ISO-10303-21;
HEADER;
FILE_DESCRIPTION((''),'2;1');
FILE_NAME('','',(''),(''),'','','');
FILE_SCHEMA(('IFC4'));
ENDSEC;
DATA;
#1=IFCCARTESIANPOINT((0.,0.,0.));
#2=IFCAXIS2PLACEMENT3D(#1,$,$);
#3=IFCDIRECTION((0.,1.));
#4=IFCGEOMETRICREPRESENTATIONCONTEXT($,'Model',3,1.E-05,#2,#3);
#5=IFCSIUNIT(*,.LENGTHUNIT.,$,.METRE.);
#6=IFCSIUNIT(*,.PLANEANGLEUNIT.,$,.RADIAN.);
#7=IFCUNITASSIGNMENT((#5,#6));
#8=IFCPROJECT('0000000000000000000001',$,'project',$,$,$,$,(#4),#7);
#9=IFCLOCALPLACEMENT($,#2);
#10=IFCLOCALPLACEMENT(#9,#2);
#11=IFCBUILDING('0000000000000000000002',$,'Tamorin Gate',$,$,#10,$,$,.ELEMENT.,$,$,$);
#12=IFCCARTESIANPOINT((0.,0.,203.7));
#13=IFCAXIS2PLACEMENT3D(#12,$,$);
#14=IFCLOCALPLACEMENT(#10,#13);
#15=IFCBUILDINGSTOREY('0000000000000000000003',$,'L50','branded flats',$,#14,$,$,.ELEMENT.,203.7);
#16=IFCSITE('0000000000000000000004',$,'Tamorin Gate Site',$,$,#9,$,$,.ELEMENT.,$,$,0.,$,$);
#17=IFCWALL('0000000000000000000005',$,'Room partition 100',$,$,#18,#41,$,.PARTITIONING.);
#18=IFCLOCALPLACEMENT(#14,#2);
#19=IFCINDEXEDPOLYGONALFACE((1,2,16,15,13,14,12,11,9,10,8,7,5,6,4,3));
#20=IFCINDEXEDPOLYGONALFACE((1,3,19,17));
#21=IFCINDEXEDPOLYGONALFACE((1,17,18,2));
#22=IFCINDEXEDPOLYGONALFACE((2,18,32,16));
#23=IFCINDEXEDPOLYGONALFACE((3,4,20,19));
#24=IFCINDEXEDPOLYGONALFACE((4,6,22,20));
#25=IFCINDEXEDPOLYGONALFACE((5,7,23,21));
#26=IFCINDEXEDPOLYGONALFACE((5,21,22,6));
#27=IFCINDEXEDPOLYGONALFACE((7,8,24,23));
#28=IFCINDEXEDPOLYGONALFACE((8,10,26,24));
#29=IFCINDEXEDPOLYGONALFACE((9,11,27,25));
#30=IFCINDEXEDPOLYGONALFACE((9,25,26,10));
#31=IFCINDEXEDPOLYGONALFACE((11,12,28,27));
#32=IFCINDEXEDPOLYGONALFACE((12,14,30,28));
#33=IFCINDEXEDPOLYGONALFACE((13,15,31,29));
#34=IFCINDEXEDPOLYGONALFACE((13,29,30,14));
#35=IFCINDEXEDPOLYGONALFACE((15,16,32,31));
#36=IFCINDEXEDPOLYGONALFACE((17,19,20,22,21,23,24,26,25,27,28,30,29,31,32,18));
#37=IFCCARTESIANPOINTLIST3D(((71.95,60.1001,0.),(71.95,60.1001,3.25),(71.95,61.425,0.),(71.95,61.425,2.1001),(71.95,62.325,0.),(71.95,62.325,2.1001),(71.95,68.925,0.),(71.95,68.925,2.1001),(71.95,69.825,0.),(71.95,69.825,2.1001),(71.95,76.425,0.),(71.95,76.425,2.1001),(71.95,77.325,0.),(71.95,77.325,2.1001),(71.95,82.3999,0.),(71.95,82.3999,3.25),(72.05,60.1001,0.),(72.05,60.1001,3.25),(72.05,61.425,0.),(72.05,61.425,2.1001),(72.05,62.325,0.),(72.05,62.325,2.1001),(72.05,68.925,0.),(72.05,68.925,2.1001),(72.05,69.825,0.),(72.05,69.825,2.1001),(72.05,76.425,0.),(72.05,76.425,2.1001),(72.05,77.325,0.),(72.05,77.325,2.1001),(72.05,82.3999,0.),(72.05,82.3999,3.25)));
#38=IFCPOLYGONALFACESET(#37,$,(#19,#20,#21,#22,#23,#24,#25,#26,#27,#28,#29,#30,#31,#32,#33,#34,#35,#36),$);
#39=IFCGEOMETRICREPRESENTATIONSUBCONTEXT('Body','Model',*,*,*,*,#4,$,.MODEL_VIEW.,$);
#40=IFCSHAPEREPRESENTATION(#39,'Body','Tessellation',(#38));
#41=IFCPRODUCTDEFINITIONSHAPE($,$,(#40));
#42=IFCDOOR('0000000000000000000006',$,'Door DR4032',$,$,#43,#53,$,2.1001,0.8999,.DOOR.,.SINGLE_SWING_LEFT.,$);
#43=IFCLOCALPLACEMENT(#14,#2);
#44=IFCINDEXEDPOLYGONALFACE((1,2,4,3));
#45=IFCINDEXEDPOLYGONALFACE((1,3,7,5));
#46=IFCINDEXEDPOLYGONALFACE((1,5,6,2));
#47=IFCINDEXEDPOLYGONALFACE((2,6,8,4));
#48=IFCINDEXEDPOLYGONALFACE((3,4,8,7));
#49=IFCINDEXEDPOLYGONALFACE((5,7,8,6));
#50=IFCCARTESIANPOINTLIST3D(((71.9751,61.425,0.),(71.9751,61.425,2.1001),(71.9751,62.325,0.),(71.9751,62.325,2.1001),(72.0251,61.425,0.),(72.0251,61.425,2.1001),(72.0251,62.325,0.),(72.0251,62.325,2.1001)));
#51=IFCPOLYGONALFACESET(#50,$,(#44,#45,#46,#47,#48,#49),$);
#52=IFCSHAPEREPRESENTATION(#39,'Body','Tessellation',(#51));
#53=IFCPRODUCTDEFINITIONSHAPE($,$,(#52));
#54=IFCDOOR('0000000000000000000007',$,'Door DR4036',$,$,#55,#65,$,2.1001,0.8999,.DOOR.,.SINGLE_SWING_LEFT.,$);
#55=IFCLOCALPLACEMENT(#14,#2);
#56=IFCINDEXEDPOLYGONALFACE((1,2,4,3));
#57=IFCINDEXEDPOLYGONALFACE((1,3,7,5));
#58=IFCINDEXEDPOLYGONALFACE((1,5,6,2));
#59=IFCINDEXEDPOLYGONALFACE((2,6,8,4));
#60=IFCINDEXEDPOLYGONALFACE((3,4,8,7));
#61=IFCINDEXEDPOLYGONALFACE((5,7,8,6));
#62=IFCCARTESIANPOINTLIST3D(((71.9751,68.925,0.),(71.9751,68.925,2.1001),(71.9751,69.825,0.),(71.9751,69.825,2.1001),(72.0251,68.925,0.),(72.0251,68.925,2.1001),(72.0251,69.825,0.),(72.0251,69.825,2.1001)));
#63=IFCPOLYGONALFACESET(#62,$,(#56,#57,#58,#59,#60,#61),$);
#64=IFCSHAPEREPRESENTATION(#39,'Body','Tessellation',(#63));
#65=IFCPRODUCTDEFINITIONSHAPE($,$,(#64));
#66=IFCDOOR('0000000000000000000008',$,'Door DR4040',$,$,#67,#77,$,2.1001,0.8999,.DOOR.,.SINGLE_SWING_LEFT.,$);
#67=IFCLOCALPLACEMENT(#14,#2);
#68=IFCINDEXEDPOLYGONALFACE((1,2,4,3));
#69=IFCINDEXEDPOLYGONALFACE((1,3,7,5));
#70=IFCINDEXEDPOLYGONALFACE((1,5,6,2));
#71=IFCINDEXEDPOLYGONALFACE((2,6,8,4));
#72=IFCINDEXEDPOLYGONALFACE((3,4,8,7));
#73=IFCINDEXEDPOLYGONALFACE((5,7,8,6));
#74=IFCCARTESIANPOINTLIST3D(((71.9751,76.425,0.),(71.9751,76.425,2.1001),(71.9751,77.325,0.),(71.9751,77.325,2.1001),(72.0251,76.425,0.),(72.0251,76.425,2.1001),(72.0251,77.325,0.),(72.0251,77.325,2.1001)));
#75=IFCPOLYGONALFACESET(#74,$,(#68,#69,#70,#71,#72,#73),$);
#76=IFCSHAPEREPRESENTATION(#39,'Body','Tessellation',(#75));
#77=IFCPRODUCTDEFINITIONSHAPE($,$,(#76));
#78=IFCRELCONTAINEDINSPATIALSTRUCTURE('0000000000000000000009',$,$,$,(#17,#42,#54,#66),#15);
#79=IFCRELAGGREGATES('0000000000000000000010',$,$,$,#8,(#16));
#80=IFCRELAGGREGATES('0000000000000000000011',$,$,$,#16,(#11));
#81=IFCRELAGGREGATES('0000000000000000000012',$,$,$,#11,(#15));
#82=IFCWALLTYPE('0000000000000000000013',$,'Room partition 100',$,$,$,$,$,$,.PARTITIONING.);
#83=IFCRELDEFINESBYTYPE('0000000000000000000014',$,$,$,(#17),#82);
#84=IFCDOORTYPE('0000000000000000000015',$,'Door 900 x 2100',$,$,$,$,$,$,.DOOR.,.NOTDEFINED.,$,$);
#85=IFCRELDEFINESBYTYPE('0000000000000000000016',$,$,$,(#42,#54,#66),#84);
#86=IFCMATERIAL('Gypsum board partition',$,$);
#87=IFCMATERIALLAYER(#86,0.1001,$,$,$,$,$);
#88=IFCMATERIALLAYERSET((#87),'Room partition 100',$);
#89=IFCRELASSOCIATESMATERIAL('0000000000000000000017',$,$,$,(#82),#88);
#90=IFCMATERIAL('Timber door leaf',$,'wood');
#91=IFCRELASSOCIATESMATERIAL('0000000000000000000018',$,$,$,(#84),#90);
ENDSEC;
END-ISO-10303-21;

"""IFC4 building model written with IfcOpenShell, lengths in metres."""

from ifc_helpers import new_model, si_unit, direction, frame, frame_2d, origin, place, context, subcontext, project, spatial, rectangle, extrude, material, layer, layer_set, type_object, element, fill, save


model = new_model("IFC4")

# Units and contexts
model_context = context("Model", 3, precision=1e-05, world=origin(), true_north=direction((0.0, 1.0)))
body_context = subcontext(model_context, "Body", "Model", "MODEL_VIEW")
ifc_project = project(units=[si_unit("LENGTHUNIT", "METRE"), si_unit("PLANEANGLEUNIT", "RADIAN")], contexts=[model_context])

# Site, building, storey
site_placement = place(None, origin())
site = spatial("IfcSite", under=ifc_project, at=site_placement, Name="Tamorin Gate Site", CompositionType="ELEMENT", RefElevation=0.0)
building_placement = place(site_placement, origin())
building = spatial("IfcBuilding", under=site, at=building_placement, Name="Tamorin Gate", CompositionType="ELEMENT")
storey_placement = place(building_placement, frame((0.0, 0.0, 203.7)))
storey = spatial("IfcBuildingStorey", under=building, at=storey_placement, Name="L50", Description="branded flats", CompositionType="ELEMENT", Elevation=203.7)

# Wall, openings, doors
ifc_material_1 = material(Name="Gypsum board partition")
ifc_layer_1 = layer(ifc_material_1, 0.1001)
ifc_layer_set_1 = layer_set([ifc_layer_1], Name="Room partition 100")
wall_type_1 = type_object("IfcWallType", Name="Room partition 100", PredefinedType="PARTITIONING", material=ifc_layer_set_1)
wall_1_placement = place(storey_placement, frame((72.0, 60.1001, 0.0), z_axis=(0.0, 0.0, 1.0), x_axis=(0.0, 1.0, 0.0)))
wall_1 = element("IfcWall", 1, at=wall_1_placement, inside=storey, type_object=wall_type_1, Name="Room partition 100", PredefinedType="PARTITIONING", context=body_context, shape_type="SweptSolid", body=[
    extrude(rectangle(XDim=22.2998, YDim=0.1001, at=frame_2d((11.1499, 0.0))), origin(), (0.0, 0.0, 1.0), 3.25),
])
opening_1_placement = place(wall_1_placement, frame((1.325, 0.0, 0.0)))
opening_1 = element("IfcOpeningElement", 2, at=opening_1_placement, cuts=wall_1, PredefinedType="OPENING", context=body_context, shape_type="SweptSolid", body=[
    extrude(rectangle(XDim=0.8999, YDim=2.1001, at=frame_2d((0.45, 1.05))), frame((0.0, 0.0601, 0.0), z_axis=(0.0, -1.0, 0.0), x_axis=(1.0, 0.0, 0.0)), (0.0, 0.0, 1.0), 0.1201),
])
opening_2_placement = place(wall_1_placement, frame((8.825, 0.0, 0.0)))
opening_2 = element("IfcOpeningElement", 3, at=opening_2_placement, cuts=wall_1, PredefinedType="OPENING", context=body_context, shape_type="SweptSolid", body=[
    extrude(rectangle(XDim=0.8999, YDim=2.1001, at=frame_2d((0.45, 1.05))), frame((0.0, 0.0601, 0.0), z_axis=(0.0, -1.0, 0.0), x_axis=(1.0, 0.0, 0.0)), (0.0, 0.0, 1.0), 0.1201),
])
opening_3_placement = place(wall_1_placement, frame((16.325, 0.0, 0.0)))
opening_3 = element("IfcOpeningElement", 4, at=opening_3_placement, cuts=wall_1, PredefinedType="OPENING", context=body_context, shape_type="SweptSolid", body=[
    extrude(rectangle(XDim=0.8999, YDim=2.1001, at=frame_2d((0.45, 1.05))), frame((0.0, 0.0601, 0.0), z_axis=(0.0, -1.0, 0.0), x_axis=(1.0, 0.0, 0.0)), (0.0, 0.0, 1.0), 0.1201),
])
ifc_material_2 = material(Name="Timber door leaf", Category="wood")
door_type = type_object("IfcDoorType", Name="Door 900 x 2100", OperationType="NOTDEFINED", PredefinedType="DOOR", material=ifc_material_2)
door_1_placement = place(opening_1_placement, origin())
door_1 = element("IfcDoor", 5, at=door_1_placement, inside=storey, type_object=door_type, Name="Door DR4032", OperationType="SINGLE_SWING_LEFT", OverallHeight=2.1001, OverallWidth=0.8999, PredefinedType="DOOR", context=body_context, shape_type="SweptSolid", body=[
    extrude(rectangle(XDim=0.8999, YDim=2.1001, at=frame_2d((0.45, 1.05))), frame((0.0, 0.0249, 0.0), z_axis=(0.0, -1.0, 0.0), x_axis=(1.0, 0.0, 0.0)), (0.0, 0.0, 1.0), 0.05),
])
fill(opening_1, door_1)
door_2_placement = place(opening_2_placement, origin())
door_2 = element("IfcDoor", 6, at=door_2_placement, inside=storey, type_object=door_type, Name="Door DR4036", OperationType="SINGLE_SWING_LEFT", OverallHeight=2.1001, OverallWidth=0.8999, PredefinedType="DOOR", context=body_context, shape_type="SweptSolid", body=[
    extrude(rectangle(XDim=0.8999, YDim=2.1001, at=frame_2d((0.45, 1.05))), frame((0.0, 0.0249, 0.0), z_axis=(0.0, -1.0, 0.0), x_axis=(1.0, 0.0, 0.0)), (0.0, 0.0, 1.0), 0.05),
])
fill(opening_2, door_2)
door_3_placement = place(opening_3_placement, origin())
door_3 = element("IfcDoor", 7, at=door_3_placement, inside=storey, type_object=door_type, Name="Door DR4040", OperationType="SINGLE_SWING_LEFT", OverallHeight=2.1001, OverallWidth=0.8999, PredefinedType="DOOR", context=body_context, shape_type="SweptSolid", body=[
    extrude(rectangle(XDim=0.8999, YDim=2.1001, at=frame_2d((0.45, 1.05))), frame((0.0, 0.0249, 0.0), z_axis=(0.0, -1.0, 0.0), x_axis=(1.0, 0.0, 0.0)), (0.0, 0.0, 1.0), 0.05),
])
fill(opening_3, door_3)

save(model, "model.ifc")
